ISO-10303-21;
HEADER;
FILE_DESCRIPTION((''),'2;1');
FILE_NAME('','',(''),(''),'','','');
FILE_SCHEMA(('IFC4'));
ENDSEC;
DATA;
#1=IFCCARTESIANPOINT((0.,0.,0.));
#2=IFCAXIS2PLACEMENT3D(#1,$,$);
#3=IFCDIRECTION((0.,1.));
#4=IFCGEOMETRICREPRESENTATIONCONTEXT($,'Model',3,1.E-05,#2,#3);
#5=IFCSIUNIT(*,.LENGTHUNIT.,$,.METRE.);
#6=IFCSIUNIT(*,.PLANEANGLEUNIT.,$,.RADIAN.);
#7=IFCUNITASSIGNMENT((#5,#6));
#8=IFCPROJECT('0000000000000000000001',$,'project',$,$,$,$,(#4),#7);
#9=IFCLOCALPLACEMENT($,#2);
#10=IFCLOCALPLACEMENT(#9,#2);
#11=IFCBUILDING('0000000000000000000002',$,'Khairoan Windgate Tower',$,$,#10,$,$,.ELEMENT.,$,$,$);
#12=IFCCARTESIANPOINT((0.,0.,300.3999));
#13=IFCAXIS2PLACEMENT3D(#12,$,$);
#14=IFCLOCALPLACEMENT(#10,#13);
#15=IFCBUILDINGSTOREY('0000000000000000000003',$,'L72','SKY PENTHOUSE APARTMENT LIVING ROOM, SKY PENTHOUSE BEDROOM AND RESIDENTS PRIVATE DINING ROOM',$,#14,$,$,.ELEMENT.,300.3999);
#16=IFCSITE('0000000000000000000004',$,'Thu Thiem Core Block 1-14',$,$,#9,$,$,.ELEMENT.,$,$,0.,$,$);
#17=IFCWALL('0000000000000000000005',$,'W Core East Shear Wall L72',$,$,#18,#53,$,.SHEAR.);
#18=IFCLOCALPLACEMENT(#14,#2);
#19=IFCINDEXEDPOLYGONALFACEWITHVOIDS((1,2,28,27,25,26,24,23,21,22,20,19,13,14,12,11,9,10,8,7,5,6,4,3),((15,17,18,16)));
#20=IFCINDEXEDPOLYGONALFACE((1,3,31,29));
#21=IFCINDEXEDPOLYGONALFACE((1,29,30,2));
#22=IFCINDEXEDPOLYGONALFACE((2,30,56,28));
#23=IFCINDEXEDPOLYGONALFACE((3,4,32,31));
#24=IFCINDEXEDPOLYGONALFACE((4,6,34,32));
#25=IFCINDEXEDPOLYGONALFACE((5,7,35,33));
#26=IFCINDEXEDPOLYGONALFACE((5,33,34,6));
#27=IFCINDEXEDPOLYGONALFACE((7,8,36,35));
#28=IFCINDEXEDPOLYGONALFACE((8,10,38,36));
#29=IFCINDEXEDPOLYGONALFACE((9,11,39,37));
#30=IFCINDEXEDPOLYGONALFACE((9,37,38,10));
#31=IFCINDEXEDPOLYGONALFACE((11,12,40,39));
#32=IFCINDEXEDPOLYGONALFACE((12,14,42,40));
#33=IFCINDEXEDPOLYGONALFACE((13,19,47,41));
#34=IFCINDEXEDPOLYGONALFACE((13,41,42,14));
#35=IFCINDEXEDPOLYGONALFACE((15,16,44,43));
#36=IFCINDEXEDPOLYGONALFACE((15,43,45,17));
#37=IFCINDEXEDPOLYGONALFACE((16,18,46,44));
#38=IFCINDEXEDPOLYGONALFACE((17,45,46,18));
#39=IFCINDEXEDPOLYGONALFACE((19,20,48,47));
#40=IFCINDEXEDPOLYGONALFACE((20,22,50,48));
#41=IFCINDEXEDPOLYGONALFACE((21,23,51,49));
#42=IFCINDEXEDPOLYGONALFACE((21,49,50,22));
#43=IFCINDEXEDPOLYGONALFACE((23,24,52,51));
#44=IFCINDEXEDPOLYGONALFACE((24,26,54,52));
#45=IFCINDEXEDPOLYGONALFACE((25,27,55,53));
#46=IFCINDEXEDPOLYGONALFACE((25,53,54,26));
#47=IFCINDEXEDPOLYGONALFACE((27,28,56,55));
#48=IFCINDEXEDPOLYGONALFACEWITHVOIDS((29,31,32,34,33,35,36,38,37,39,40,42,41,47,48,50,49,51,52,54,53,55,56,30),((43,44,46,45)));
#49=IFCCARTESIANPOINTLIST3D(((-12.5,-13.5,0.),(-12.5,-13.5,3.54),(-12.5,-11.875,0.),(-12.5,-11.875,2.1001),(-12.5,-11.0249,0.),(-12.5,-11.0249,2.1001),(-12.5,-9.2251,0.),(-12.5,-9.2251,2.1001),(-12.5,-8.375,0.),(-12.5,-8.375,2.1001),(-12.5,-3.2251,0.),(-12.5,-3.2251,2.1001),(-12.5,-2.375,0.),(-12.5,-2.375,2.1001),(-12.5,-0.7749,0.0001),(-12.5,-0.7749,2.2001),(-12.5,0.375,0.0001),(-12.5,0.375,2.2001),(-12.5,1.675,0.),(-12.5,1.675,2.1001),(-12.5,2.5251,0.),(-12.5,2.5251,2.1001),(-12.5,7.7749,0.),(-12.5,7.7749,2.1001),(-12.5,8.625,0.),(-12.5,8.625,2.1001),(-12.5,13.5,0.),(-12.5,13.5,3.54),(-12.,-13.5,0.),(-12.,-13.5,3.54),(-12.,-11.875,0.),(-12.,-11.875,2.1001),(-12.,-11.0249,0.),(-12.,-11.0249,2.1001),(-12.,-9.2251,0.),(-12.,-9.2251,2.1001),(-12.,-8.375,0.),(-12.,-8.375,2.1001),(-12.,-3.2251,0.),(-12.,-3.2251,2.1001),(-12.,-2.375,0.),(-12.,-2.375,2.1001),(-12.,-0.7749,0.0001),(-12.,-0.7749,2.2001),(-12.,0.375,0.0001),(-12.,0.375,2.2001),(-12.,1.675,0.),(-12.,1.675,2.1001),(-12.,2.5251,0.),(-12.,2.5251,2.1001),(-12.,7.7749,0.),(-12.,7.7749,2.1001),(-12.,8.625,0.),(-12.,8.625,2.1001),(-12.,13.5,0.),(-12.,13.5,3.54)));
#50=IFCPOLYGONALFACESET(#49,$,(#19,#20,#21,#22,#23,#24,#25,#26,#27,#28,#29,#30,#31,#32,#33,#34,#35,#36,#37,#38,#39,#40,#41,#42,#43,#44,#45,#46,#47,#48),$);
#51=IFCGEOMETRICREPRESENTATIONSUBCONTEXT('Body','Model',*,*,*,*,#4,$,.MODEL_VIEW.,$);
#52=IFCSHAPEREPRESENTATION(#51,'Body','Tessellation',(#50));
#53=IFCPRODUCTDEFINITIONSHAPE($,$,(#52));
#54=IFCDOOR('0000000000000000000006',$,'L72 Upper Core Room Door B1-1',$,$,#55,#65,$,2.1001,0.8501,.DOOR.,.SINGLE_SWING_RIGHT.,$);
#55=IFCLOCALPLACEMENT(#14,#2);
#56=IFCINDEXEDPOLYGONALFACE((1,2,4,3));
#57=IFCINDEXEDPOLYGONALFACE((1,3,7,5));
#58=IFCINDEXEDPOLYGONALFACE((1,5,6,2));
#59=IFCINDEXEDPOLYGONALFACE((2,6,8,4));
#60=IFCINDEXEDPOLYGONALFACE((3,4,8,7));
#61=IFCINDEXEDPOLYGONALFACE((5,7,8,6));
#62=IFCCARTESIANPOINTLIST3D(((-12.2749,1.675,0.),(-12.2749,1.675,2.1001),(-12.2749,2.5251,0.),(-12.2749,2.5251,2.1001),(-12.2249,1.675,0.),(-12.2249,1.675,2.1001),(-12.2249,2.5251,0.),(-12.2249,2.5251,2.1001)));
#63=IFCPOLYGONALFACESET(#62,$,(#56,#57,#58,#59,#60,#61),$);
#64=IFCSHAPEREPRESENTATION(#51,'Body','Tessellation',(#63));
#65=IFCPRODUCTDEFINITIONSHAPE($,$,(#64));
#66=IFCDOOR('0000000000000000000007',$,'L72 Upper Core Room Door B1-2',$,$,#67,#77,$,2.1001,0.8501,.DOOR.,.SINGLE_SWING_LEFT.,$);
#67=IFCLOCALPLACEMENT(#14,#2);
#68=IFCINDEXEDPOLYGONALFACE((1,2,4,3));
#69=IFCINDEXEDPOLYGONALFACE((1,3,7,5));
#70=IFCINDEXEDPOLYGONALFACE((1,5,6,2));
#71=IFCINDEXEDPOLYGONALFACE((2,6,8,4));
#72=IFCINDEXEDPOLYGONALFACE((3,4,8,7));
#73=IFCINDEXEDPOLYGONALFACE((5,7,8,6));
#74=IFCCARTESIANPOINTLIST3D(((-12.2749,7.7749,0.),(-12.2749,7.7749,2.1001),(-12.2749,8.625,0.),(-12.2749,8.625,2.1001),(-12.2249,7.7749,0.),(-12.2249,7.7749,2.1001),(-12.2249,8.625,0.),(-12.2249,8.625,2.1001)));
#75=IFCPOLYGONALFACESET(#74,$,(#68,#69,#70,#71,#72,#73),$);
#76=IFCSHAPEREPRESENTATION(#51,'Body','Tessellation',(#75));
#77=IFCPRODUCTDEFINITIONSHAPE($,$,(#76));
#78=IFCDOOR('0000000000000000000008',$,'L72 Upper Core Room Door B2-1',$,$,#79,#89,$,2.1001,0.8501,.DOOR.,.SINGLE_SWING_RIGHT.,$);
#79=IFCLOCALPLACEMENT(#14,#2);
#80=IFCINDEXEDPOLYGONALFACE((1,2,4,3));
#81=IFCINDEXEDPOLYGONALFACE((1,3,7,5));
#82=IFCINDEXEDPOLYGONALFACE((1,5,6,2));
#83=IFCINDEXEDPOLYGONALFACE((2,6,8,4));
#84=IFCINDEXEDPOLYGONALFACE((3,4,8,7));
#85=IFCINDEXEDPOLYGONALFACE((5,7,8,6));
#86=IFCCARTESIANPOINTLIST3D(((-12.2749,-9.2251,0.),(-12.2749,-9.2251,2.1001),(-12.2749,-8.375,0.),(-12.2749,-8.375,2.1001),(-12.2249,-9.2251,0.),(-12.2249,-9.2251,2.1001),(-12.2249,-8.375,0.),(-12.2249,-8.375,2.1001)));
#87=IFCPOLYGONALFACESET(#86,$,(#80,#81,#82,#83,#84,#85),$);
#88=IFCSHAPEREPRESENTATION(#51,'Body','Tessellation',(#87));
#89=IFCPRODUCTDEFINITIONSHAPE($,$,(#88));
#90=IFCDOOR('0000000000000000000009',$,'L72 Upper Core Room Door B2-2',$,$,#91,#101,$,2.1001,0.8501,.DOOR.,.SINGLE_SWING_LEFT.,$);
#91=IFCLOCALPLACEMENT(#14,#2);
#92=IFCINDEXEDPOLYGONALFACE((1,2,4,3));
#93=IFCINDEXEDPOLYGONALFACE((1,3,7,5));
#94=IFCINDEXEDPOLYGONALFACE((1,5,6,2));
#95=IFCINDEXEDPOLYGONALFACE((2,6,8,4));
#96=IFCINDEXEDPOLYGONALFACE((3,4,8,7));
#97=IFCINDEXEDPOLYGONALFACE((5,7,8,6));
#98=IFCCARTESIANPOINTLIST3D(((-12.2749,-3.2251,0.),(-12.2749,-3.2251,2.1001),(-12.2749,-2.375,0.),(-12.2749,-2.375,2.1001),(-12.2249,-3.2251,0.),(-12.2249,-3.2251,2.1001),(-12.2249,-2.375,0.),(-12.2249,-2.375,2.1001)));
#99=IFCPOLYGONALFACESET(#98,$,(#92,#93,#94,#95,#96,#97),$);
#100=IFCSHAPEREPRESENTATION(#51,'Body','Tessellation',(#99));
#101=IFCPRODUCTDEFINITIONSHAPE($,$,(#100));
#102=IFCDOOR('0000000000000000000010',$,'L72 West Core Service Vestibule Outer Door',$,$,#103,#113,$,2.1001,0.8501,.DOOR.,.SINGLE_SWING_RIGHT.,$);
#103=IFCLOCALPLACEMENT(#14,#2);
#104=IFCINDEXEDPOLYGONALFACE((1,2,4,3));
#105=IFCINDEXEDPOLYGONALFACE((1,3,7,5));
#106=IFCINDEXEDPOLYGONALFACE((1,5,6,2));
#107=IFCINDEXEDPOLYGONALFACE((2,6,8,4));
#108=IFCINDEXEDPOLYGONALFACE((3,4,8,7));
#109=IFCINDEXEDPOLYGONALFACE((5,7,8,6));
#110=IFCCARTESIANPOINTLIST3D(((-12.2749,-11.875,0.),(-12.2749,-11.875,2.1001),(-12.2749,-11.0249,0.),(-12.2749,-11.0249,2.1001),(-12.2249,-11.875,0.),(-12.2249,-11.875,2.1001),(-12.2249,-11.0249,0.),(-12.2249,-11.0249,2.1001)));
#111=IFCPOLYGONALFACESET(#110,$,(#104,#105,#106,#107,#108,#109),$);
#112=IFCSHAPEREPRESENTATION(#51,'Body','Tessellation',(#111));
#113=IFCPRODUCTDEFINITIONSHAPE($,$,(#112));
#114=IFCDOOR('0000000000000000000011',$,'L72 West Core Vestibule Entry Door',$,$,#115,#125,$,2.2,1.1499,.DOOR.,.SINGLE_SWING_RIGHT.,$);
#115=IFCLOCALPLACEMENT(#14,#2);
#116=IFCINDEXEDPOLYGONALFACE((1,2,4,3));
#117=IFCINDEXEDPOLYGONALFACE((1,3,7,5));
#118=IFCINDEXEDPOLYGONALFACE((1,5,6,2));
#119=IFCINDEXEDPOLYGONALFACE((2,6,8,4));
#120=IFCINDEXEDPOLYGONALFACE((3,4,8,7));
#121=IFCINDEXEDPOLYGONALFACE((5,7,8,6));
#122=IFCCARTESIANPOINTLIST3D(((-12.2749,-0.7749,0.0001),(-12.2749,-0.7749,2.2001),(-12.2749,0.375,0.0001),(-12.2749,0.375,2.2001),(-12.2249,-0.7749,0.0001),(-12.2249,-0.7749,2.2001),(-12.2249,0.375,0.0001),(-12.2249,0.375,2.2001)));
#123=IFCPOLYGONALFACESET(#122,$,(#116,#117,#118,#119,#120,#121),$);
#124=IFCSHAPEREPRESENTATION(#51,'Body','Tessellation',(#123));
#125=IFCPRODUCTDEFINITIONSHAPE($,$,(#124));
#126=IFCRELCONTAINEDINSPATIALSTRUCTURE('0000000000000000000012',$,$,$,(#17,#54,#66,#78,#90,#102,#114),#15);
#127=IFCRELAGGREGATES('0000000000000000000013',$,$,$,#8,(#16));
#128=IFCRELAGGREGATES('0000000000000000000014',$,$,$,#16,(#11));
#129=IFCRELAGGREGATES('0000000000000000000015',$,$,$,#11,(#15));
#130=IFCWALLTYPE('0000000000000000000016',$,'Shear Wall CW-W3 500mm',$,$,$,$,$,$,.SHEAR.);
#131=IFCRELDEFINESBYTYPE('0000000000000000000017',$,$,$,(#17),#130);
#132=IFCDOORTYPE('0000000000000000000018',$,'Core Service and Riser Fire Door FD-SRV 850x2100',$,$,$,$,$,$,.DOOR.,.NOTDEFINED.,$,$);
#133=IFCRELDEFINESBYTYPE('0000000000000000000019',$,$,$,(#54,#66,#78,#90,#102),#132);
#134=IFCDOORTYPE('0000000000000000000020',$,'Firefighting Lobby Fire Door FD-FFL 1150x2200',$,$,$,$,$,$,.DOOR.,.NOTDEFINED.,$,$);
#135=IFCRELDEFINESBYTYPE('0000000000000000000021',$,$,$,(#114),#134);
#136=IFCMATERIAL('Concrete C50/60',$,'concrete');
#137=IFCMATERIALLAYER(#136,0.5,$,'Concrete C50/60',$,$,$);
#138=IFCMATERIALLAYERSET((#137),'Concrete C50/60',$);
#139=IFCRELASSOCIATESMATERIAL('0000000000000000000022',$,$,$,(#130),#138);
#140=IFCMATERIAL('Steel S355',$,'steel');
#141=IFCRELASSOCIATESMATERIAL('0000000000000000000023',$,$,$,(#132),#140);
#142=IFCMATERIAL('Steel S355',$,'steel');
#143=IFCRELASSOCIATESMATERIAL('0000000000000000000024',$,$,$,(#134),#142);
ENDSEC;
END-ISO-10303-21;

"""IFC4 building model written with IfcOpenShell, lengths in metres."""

from ifc_helpers import new_model, si_unit, direction, frame, frame_2d, origin, place, context, subcontext, project, spatial, rectangle, extrude, material, layer, layer_set, type_object, element, fill, save


model = new_model("IFC4")

# Units and contexts
model_context = context("Model", 3, precision=1e-05, world=origin(), true_north=direction((0.0, 1.0)))
body_context = subcontext(model_context, "Body", "Model", "MODEL_VIEW")
ifc_project = project(units=[si_unit("LENGTHUNIT", "METRE"), si_unit("PLANEANGLEUNIT", "RADIAN")], contexts=[model_context])

# Site, building, storey
site_placement = place(None, origin())
site = spatial("IfcSite", under=ifc_project, at=site_placement, Name="Thu Thiem Core Block 1-14", CompositionType="ELEMENT", RefElevation=0.0)
building_placement = place(site_placement, origin())
building = spatial("IfcBuilding", under=site, at=building_placement, Name="Khairoan Windgate Tower", CompositionType="ELEMENT")
storey_placement = place(building_placement, frame((0.0, 0.0, 300.3999)))
storey = spatial("IfcBuildingStorey", under=building, at=storey_placement, Name="L72", Description="SKY PENTHOUSE APARTMENT LIVING ROOM, SKY PENTHOUSE BEDROOM AND RESIDENTS PRIVATE DINING ROOM", CompositionType="ELEMENT", Elevation=300.3999)

# Wall, openings, doors
ifc_material_1 = material(Name="Concrete C50/60", Category="concrete")
ifc_layer_1 = layer(ifc_material_1, 0.5, Name="Concrete C50/60")
ifc_layer_set_1 = layer_set([ifc_layer_1], Name="Concrete C50/60")
wall_type_1 = type_object("IfcWallType", Name="Shear Wall CW-W3 500mm", PredefinedType="SHEAR", material=ifc_layer_set_1)
wall_1_placement = place(storey_placement, frame((-12.25, -13.5, 0.0), z_axis=(0.0, 0.0, 1.0), x_axis=(0.0, 1.0, 0.0)))
wall_1 = element("IfcWall", 1, at=wall_1_placement, inside=storey, type_object=wall_type_1, Name="W Core East Shear Wall L72", PredefinedType="SHEAR", context=body_context, shape_type="SweptSolid", body=[
    extrude(rectangle(XDim=27.0, YDim=0.5, at=frame_2d((13.5, 0.0))), origin(), (0.0, 0.0, 1.0), 3.54),
])
opening_1_placement = place(wall_1_placement, frame((15.175, 0.0, 0.0)))
opening_1 = element("IfcOpeningElement", 2, at=opening_1_placement, cuts=wall_1, PredefinedType="OPENING", context=body_context, shape_type="SweptSolid", body=[
    extrude(rectangle(XDim=0.8501, YDim=2.1001, at=frame_2d((0.425, 1.05))), frame((0.0, 0.26, 0.0), z_axis=(0.0, -1.0, 0.0), x_axis=(1.0, 0.0, 0.0)), (0.0, 0.0, 1.0), 0.52),
])
opening_2_placement = place(wall_1_placement, frame((21.2749, 0.0, 0.0)))
opening_2 = element("IfcOpeningElement", 3, at=opening_2_placement, cuts=wall_1, PredefinedType="OPENING", context=body_context, shape_type="SweptSolid", body=[
    extrude(rectangle(XDim=0.8501, YDim=2.1001, at=frame_2d((0.425, 1.05))), frame((0.0, 0.26, 0.0), z_axis=(0.0, -1.0, 0.0), x_axis=(1.0, 0.0, 0.0)), (0.0, 0.0, 1.0), 0.52),
])
opening_3_placement = place(wall_1_placement, frame((4.2749, 0.0, 0.0)))
opening_3 = element("IfcOpeningElement", 4, at=opening_3_placement, cuts=wall_1, PredefinedType="OPENING", context=body_context, shape_type="SweptSolid", body=[
    extrude(rectangle(XDim=0.8501, YDim=2.1001, at=frame_2d((0.425, 1.05))), frame((0.0, 0.26, 0.0), z_axis=(0.0, -1.0, 0.0), x_axis=(1.0, 0.0, 0.0)), (0.0, 0.0, 1.0), 0.52),
])
opening_4_placement = place(wall_1_placement, frame((10.2749, 0.0, 0.0)))
opening_4 = element("IfcOpeningElement", 5, at=opening_4_placement, cuts=wall_1, PredefinedType="OPENING", context=body_context, shape_type="SweptSolid", body=[
    extrude(rectangle(XDim=0.8501, YDim=2.1001, at=frame_2d((0.425, 1.05))), frame((0.0, 0.26, 0.0), z_axis=(0.0, -1.0, 0.0), x_axis=(1.0, 0.0, 0.0)), (0.0, 0.0, 1.0), 0.52),
])
opening_5_placement = place(wall_1_placement, frame((12.7251, 0.0, 0.0)))
opening_5 = element("IfcOpeningElement", 6, at=opening_5_placement, cuts=wall_1, PredefinedType="OPENING", context=body_context, shape_type="SweptSolid", body=[
    extrude(rectangle(XDim=1.1499, YDim=2.2, at=frame_2d((0.575, 1.1001))), frame((0.0, 0.26, 0.0), z_axis=(0.0, -1.0, 0.0), x_axis=(1.0, 0.0, 0.0)), (0.0, 0.0, 1.0), 0.52),
])
opening_6_placement = place(wall_1_placement, frame((1.625, 0.0, 0.0)))
opening_6 = element("IfcOpeningElement", 7, at=opening_6_placement, cuts=wall_1, PredefinedType="OPENING", context=body_context, shape_type="SweptSolid", body=[
    extrude(rectangle(XDim=0.8501, YDim=2.1001, at=frame_2d((0.425, 1.05))), frame((0.0, 0.26, 0.0), z_axis=(0.0, -1.0, 0.0), x_axis=(1.0, 0.0, 0.0)), (0.0, 0.0, 1.0), 0.52),
])
ifc_material_2 = material(Name="Steel S355", Category="steel")
door_type_1 = type_object("IfcDoorType", Name="Core Service and Riser Fire Door FD-SRV 850x2100", OperationType="NOTDEFINED", PredefinedType="DOOR", material=ifc_material_2)
door_1_placement = place(opening_1_placement, origin())
door_1 = element("IfcDoor", 8, at=door_1_placement, inside=storey, type_object=door_type_1, Name="L72 Upper Core Room Door B1-1", OperationType="SINGLE_SWING_RIGHT", OverallHeight=2.1001, OverallWidth=0.8501, PredefinedType="DOOR", context=body_context, shape_type="SweptSolid", body=[
    extrude(rectangle(XDim=0.8501, YDim=2.1001, at=frame_2d((0.425, 1.05))), frame((0.0, 0.0249, 0.0), z_axis=(0.0, -1.0, 0.0), x_axis=(1.0, 0.0, 0.0)), (0.0, 0.0, 1.0), 0.05),
])
fill(opening_1, door_1)
door_2_placement = place(opening_2_placement, origin())
door_2 = element("IfcDoor", 9, at=door_2_placement, inside=storey, type_object=door_type_1, Name="L72 Upper Core Room Door B1-2", OperationType="SINGLE_SWING_LEFT", OverallHeight=2.1001, OverallWidth=0.8501, PredefinedType="DOOR", context=body_context, shape_type="SweptSolid", body=[
    extrude(rectangle(XDim=0.8501, YDim=2.1001, at=frame_2d((0.425, 1.05))), frame((0.0, 0.0249, 0.0), z_axis=(0.0, -1.0, 0.0), x_axis=(1.0, 0.0, 0.0)), (0.0, 0.0, 1.0), 0.05),
])
fill(opening_2, door_2)
door_3_placement = place(opening_3_placement, origin())
door_3 = element("IfcDoor", 10, at=door_3_placement, inside=storey, type_object=door_type_1, Name="L72 Upper Core Room Door B2-1", OperationType="SINGLE_SWING_RIGHT", OverallHeight=2.1001, OverallWidth=0.8501, PredefinedType="DOOR", context=body_context, shape_type="SweptSolid", body=[
    extrude(rectangle(XDim=0.8501, YDim=2.1001, at=frame_2d((0.425, 1.05))), frame((0.0, 0.0249, 0.0), z_axis=(0.0, -1.0, 0.0), x_axis=(1.0, 0.0, 0.0)), (0.0, 0.0, 1.0), 0.05),
])
fill(opening_3, door_3)
door_4_placement = place(opening_4_placement, origin())
door_4 = element("IfcDoor", 11, at=door_4_placement, inside=storey, type_object=door_type_1, Name="L72 Upper Core Room Door B2-2", OperationType="SINGLE_SWING_LEFT", OverallHeight=2.1001, OverallWidth=0.8501, PredefinedType="DOOR", context=body_context, shape_type="SweptSolid", body=[
    extrude(rectangle(XDim=0.8501, YDim=2.1001, at=frame_2d((0.425, 1.05))), frame((0.0, 0.0249, 0.0), z_axis=(0.0, -1.0, 0.0), x_axis=(1.0, 0.0, 0.0)), (0.0, 0.0, 1.0), 0.05),
])
fill(opening_4, door_4)
door_5_placement = place(opening_6_placement, origin())
door_5 = element("IfcDoor", 12, at=door_5_placement, inside=storey, type_object=door_type_1, Name="L72 West Core Service Vestibule Outer Door", OperationType="SINGLE_SWING_RIGHT", OverallHeight=2.1001, OverallWidth=0.8501, PredefinedType="DOOR", context=body_context, shape_type="SweptSolid", body=[
    extrude(rectangle(XDim=0.8501, YDim=2.1001, at=frame_2d((0.425, 1.05))), frame((0.0, 0.0249, 0.0), z_axis=(0.0, -1.0, 0.0), x_axis=(1.0, 0.0, 0.0)), (0.0, 0.0, 1.0), 0.05),
])
fill(opening_6, door_5)
ifc_material_3 = material(Name="Steel S355", Category="steel")
door_type_2 = type_object("IfcDoorType", Name="Firefighting Lobby Fire Door FD-FFL 1150x2200", OperationType="NOTDEFINED", PredefinedType="DOOR", material=ifc_material_3)
door_6_placement = place(opening_5_placement, origin())
door_6 = element("IfcDoor", 13, at=door_6_placement, inside=storey, type_object=door_type_2, Name="L72 West Core Vestibule Entry Door", OperationType="SINGLE_SWING_RIGHT", OverallHeight=2.2, OverallWidth=1.1499, PredefinedType="DOOR", context=body_context, shape_type="SweptSolid", body=[
    extrude(rectangle(XDim=1.1499, YDim=2.2, at=frame_2d((0.575, 1.1001))), frame((0.0, 0.0249, 0.0), z_axis=(0.0, -1.0, 0.0), x_axis=(1.0, 0.0, 0.0)), (0.0, 0.0, 1.0), 0.05),
])
fill(opening_5, door_6)

save(model, "model.ifc")
